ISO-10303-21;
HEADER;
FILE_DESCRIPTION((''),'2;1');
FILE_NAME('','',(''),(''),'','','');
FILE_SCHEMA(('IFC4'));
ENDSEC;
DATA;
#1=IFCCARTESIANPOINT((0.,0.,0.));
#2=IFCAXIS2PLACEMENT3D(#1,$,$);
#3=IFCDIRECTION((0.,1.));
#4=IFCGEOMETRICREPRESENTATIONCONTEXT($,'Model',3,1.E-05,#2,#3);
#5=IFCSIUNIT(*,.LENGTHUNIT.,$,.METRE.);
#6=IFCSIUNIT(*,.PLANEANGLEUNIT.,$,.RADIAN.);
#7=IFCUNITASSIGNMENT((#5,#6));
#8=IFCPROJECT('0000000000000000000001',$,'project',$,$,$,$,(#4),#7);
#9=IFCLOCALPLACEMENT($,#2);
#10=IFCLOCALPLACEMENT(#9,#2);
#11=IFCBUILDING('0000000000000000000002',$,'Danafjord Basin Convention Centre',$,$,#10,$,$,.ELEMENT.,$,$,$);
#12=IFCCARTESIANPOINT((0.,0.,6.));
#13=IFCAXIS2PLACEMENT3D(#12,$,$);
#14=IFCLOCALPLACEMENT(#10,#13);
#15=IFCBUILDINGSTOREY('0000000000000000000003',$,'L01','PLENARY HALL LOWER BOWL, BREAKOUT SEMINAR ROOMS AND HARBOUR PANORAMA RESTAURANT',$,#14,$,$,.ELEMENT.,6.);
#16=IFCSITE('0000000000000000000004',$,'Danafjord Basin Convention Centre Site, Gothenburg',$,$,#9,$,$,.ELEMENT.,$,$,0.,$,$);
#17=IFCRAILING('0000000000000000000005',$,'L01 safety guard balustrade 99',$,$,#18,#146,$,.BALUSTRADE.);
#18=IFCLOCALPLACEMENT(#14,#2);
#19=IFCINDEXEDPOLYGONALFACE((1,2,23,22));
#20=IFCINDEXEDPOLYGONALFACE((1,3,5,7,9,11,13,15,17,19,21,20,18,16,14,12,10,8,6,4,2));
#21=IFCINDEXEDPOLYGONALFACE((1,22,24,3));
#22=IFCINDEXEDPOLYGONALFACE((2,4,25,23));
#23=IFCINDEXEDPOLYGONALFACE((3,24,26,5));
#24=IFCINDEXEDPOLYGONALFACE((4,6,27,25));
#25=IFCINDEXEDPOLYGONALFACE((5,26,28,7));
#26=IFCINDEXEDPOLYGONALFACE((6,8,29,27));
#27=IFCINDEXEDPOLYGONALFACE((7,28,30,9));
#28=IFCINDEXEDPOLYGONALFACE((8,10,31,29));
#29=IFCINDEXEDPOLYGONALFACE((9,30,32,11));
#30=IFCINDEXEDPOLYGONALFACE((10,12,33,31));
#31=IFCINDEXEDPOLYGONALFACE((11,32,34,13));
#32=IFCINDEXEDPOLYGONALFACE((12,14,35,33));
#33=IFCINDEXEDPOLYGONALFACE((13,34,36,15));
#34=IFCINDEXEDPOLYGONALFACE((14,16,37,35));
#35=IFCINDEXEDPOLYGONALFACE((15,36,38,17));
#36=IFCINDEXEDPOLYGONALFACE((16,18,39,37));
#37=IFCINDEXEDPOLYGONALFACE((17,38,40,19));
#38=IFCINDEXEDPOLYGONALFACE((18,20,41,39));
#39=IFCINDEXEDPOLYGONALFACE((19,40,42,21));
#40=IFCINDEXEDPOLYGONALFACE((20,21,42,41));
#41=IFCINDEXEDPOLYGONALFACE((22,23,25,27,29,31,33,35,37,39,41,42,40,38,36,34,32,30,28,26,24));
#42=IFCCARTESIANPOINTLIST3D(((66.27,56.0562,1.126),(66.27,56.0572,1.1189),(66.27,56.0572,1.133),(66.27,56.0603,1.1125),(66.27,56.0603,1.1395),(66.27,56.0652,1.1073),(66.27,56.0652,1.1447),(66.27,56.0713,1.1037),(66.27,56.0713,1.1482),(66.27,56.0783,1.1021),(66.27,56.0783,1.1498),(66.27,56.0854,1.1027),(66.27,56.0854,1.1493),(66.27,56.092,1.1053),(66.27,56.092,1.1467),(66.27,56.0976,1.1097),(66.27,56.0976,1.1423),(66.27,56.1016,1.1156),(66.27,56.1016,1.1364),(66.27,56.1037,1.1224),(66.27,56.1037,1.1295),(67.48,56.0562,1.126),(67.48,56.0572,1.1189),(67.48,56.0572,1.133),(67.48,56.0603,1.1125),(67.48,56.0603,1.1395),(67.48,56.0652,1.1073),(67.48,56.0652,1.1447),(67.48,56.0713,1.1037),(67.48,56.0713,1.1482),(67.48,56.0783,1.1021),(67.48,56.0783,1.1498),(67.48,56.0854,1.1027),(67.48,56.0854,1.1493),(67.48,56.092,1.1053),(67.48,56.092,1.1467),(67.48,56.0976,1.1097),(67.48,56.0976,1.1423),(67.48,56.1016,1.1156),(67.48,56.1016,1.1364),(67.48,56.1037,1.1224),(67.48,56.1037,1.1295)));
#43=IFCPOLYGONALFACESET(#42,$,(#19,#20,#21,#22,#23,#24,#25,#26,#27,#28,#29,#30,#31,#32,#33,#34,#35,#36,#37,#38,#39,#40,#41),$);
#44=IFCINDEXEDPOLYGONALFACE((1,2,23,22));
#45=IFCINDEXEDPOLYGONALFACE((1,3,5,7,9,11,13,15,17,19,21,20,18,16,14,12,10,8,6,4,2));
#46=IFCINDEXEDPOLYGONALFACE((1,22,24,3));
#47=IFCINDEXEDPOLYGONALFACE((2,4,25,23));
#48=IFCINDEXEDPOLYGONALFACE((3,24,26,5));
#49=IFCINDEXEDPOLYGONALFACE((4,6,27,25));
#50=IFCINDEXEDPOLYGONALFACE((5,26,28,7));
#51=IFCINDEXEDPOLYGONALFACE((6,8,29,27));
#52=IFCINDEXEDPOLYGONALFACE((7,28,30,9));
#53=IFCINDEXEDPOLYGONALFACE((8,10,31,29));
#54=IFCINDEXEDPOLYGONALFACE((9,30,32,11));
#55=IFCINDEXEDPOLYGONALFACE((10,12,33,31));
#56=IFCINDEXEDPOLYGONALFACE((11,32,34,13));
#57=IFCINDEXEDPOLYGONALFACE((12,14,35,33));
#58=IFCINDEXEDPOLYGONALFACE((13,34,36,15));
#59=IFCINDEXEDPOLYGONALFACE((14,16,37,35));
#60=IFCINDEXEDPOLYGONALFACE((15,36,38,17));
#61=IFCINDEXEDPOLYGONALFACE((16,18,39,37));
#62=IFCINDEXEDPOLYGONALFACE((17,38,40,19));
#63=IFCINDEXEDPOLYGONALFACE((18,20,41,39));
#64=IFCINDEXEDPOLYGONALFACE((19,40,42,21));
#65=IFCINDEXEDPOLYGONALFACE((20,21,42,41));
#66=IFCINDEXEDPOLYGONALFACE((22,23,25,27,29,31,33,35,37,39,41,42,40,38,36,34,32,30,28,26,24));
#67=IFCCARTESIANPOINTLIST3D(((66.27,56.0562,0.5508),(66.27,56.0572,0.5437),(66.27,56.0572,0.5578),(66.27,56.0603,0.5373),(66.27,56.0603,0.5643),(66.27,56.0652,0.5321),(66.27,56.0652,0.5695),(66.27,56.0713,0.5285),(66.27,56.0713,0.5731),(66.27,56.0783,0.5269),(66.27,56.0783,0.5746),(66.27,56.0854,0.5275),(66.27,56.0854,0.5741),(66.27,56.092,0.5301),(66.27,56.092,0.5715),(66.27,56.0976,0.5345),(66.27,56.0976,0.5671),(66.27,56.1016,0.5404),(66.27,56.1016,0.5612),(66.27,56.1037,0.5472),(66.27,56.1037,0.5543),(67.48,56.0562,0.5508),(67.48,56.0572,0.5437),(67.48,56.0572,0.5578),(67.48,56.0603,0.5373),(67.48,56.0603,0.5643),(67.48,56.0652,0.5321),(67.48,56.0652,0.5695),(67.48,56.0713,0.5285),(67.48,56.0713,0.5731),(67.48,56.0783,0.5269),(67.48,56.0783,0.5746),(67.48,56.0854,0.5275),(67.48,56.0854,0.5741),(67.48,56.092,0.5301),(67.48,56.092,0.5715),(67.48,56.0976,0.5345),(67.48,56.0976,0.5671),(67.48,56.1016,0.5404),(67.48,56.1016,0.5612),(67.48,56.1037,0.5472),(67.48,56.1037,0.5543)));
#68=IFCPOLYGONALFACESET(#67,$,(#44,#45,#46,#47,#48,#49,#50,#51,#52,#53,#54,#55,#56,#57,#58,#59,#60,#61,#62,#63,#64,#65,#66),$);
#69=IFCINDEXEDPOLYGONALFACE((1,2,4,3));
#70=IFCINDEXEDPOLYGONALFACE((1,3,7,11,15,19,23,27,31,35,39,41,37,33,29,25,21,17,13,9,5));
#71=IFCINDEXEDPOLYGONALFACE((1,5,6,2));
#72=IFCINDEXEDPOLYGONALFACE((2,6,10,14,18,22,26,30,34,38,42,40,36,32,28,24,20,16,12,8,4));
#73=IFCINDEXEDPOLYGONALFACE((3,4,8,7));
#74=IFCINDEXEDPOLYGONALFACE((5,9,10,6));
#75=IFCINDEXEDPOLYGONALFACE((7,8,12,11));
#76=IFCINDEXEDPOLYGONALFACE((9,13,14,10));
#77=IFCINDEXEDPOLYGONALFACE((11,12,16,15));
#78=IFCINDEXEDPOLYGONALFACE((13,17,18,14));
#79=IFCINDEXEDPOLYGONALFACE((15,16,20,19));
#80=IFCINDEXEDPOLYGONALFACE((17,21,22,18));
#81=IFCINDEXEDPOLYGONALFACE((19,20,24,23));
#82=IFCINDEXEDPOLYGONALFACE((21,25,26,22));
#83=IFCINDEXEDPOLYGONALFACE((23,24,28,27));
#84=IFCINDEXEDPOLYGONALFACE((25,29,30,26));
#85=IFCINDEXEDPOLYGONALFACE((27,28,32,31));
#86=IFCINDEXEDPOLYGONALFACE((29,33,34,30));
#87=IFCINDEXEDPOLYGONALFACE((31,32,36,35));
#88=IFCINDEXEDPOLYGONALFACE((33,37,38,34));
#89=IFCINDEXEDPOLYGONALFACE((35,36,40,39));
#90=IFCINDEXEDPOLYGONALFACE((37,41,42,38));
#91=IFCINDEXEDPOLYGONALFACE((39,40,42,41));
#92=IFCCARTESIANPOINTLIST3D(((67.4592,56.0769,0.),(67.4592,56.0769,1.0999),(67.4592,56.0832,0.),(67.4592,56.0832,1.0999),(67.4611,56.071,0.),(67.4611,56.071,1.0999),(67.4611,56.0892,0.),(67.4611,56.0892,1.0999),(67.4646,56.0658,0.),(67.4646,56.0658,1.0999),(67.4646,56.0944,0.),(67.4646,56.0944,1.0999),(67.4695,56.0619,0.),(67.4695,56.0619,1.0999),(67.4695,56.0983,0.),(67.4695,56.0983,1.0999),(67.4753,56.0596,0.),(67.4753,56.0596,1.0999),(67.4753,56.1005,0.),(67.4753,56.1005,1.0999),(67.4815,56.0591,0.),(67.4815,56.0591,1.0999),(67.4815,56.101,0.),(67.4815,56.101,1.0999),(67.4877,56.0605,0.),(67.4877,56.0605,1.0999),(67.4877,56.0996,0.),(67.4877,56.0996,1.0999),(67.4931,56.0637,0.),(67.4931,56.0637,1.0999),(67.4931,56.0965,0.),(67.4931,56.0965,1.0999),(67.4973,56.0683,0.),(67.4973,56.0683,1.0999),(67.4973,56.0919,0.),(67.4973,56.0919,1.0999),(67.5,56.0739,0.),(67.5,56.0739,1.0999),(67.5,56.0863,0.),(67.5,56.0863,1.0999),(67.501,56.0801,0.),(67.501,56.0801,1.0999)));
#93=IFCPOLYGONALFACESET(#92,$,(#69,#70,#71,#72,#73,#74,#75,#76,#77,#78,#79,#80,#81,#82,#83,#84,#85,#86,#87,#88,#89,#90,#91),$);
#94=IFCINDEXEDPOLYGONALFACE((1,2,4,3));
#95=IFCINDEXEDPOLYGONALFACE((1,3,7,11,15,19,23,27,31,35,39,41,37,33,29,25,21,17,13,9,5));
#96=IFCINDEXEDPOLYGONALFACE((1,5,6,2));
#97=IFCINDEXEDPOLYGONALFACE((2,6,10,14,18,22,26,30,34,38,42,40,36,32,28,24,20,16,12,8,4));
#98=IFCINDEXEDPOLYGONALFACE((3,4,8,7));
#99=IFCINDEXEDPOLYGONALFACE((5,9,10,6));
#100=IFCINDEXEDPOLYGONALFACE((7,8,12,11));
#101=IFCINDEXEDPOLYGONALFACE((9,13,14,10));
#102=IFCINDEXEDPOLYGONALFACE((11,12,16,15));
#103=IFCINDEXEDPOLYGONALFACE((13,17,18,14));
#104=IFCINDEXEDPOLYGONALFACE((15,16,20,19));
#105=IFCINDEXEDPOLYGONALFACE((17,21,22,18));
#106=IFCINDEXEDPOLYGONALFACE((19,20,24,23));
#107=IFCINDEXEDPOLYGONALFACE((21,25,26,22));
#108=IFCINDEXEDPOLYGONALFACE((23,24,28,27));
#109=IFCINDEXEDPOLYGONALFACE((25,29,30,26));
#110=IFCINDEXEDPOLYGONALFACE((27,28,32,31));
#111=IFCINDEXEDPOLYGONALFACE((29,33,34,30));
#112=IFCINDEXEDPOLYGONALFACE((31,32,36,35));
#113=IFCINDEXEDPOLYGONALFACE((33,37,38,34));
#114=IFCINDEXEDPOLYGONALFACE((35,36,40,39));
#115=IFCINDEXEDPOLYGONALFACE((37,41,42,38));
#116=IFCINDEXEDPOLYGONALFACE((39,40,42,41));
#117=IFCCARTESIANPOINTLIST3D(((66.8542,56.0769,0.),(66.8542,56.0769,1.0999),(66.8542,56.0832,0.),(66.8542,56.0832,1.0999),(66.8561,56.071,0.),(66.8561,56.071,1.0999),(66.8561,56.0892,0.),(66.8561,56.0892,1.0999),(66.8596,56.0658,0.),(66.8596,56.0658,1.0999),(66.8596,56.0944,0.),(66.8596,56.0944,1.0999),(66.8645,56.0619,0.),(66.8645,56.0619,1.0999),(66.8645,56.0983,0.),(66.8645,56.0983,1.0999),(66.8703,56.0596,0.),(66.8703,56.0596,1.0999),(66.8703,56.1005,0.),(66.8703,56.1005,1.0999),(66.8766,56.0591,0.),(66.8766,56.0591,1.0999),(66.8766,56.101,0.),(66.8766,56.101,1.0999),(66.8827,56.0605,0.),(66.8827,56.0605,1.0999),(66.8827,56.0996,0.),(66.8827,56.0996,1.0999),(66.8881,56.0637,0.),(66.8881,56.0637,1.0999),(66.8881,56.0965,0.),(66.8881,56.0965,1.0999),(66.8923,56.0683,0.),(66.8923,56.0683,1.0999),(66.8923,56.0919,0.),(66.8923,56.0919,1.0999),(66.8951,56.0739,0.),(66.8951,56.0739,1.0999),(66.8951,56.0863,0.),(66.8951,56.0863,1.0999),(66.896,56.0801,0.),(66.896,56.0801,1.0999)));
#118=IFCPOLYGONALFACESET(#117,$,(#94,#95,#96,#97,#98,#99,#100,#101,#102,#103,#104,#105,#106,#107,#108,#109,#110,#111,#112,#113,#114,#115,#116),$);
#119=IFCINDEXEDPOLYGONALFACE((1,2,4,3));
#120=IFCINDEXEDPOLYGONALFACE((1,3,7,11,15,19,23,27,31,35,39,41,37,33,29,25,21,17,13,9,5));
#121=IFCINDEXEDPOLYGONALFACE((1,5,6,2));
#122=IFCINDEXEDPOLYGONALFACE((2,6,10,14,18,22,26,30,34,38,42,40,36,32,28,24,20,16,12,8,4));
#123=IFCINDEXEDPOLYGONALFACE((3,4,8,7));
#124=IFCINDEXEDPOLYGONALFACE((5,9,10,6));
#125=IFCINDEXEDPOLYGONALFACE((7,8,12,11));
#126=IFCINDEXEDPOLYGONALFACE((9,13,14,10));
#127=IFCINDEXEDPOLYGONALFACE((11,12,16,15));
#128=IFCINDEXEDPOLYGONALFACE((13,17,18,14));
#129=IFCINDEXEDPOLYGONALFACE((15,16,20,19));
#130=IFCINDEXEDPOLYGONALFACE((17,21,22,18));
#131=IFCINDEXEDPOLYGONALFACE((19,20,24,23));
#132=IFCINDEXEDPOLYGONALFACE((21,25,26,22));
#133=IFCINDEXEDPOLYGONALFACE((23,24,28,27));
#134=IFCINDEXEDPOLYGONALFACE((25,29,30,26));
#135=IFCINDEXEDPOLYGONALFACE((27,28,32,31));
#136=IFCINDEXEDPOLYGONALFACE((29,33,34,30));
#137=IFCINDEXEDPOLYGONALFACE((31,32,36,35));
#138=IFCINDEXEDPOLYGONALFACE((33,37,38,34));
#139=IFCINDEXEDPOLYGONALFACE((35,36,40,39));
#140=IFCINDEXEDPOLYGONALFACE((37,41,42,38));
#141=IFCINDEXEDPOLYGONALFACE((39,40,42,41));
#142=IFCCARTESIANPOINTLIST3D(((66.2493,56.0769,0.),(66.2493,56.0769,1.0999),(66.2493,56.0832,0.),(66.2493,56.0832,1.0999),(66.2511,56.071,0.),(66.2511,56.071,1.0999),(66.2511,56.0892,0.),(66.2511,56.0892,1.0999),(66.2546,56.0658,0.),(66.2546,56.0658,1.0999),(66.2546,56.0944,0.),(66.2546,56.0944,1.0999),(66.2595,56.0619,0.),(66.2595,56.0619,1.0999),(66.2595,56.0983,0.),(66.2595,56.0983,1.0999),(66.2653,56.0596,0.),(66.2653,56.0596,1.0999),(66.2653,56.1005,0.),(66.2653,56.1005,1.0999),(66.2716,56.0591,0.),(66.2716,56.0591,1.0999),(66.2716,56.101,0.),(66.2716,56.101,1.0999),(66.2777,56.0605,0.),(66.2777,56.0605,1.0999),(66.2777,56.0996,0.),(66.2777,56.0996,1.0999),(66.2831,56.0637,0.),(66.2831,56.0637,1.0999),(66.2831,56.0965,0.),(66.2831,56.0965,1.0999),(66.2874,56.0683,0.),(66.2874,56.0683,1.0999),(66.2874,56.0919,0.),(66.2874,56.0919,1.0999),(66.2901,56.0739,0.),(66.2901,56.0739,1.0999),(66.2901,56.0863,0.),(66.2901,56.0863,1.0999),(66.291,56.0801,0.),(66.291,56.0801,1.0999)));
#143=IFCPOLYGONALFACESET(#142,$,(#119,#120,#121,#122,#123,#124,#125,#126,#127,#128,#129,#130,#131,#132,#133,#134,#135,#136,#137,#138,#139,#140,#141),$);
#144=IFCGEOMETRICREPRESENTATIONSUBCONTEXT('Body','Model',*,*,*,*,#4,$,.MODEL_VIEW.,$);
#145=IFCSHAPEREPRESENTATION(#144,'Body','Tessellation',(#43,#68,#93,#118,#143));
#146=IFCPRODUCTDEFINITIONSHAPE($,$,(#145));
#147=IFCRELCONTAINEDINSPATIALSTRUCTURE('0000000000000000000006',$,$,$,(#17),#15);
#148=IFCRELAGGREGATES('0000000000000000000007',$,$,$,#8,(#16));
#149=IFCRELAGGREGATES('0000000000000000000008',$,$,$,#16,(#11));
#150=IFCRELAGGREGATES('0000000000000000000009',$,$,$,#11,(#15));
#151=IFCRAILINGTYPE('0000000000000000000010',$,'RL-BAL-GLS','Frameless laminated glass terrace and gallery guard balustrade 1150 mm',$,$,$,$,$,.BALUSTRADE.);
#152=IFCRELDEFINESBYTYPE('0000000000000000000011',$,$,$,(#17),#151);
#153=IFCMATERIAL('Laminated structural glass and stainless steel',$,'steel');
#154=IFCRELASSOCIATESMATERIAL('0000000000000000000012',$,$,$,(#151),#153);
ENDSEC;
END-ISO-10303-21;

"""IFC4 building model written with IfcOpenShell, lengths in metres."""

from ifc_helpers import new_model, si_unit, direction, frame, origin, origin_2d, place, context, subcontext, project, spatial, circle, extrude, material, type_object, element, save


model = new_model("IFC4")

# Units and contexts
model_context = context("Model", 3, precision=1e-05, world=origin(), true_north=direction((0.0, 1.0)))
body_context = subcontext(model_context, "Body", "Model", "MODEL_VIEW")
ifc_project = project(units=[si_unit("LENGTHUNIT", "METRE"), si_unit("PLANEANGLEUNIT", "RADIAN")], contexts=[model_context])

# Site, building, storey
site_placement = place(None, origin())
site = spatial("IfcSite", under=ifc_project, at=site_placement, Name="Danafjord Basin Convention Centre Site, Gothenburg", CompositionType="ELEMENT", RefElevation=0.0)
building_placement = place(site_placement, origin())
building = spatial("IfcBuilding", under=site, at=building_placement, Name="Danafjord Basin Convention Centre", CompositionType="ELEMENT")
storey_placement = place(building_placement, frame((0.0, 0.0, 6.0)))
storey = spatial("IfcBuildingStorey", under=building, at=storey_placement, Name="L01", Description="PLENARY HALL LOWER BOWL, BREAKOUT SEMINAR ROOMS AND HARBOUR PANORAMA RESTAURANT", CompositionType="ELEMENT", Elevation=6.0)

# Railing
ifc_material_1 = material(Name="Laminated structural glass and stainless steel", Category="steel")
railing_type = type_object("IfcRailingType", Name="RL-BAL-GLS", Description="Frameless laminated glass terrace and gallery guard balustrade 1150 mm", PredefinedType="BALUSTRADE", material=ifc_material_1)
railing_1_placement = place(storey_placement, frame((67.48, 56.0801, 0.0)))
element("IfcRailing", 1, at=railing_1_placement, inside=storey, type_object=railing_type, Name="L01 safety guard balustrade 99", PredefinedType="BALUSTRADE", context=body_context, shape_type="SweptSolid", body=[
    extrude(circle(Radius=0.0239, at=origin_2d()), frame((0.0, 0.0, 1.126), z_axis=(-1.0, 0.0, 0.0), x_axis=(0.0, -1.0, 0.0)), (0.0, 0.0, 1.0), 1.21),
    extrude(circle(Radius=0.0239, at=origin_2d()), frame((0.0, 0.0, 0.5508), z_axis=(-1.0, 0.0, 0.0), x_axis=(0.0, -1.0, 0.0)), (0.0, 0.0, 1.0), 1.21),
    extrude(circle(Radius=0.021, at=origin_2d()), origin(), (0.0, 0.0, 1.0), 1.0999),
    extrude(circle(Radius=0.021, at=origin_2d()), frame((-0.605, 0.0, 0.0)), (0.0, 0.0, 1.0), 1.0999),
    extrude(circle(Radius=0.021, at=origin_2d()), frame((-1.21, 0.0, 0.0)), (0.0, 0.0, 1.0), 1.0999),
])

save(model, "model.ifc")
